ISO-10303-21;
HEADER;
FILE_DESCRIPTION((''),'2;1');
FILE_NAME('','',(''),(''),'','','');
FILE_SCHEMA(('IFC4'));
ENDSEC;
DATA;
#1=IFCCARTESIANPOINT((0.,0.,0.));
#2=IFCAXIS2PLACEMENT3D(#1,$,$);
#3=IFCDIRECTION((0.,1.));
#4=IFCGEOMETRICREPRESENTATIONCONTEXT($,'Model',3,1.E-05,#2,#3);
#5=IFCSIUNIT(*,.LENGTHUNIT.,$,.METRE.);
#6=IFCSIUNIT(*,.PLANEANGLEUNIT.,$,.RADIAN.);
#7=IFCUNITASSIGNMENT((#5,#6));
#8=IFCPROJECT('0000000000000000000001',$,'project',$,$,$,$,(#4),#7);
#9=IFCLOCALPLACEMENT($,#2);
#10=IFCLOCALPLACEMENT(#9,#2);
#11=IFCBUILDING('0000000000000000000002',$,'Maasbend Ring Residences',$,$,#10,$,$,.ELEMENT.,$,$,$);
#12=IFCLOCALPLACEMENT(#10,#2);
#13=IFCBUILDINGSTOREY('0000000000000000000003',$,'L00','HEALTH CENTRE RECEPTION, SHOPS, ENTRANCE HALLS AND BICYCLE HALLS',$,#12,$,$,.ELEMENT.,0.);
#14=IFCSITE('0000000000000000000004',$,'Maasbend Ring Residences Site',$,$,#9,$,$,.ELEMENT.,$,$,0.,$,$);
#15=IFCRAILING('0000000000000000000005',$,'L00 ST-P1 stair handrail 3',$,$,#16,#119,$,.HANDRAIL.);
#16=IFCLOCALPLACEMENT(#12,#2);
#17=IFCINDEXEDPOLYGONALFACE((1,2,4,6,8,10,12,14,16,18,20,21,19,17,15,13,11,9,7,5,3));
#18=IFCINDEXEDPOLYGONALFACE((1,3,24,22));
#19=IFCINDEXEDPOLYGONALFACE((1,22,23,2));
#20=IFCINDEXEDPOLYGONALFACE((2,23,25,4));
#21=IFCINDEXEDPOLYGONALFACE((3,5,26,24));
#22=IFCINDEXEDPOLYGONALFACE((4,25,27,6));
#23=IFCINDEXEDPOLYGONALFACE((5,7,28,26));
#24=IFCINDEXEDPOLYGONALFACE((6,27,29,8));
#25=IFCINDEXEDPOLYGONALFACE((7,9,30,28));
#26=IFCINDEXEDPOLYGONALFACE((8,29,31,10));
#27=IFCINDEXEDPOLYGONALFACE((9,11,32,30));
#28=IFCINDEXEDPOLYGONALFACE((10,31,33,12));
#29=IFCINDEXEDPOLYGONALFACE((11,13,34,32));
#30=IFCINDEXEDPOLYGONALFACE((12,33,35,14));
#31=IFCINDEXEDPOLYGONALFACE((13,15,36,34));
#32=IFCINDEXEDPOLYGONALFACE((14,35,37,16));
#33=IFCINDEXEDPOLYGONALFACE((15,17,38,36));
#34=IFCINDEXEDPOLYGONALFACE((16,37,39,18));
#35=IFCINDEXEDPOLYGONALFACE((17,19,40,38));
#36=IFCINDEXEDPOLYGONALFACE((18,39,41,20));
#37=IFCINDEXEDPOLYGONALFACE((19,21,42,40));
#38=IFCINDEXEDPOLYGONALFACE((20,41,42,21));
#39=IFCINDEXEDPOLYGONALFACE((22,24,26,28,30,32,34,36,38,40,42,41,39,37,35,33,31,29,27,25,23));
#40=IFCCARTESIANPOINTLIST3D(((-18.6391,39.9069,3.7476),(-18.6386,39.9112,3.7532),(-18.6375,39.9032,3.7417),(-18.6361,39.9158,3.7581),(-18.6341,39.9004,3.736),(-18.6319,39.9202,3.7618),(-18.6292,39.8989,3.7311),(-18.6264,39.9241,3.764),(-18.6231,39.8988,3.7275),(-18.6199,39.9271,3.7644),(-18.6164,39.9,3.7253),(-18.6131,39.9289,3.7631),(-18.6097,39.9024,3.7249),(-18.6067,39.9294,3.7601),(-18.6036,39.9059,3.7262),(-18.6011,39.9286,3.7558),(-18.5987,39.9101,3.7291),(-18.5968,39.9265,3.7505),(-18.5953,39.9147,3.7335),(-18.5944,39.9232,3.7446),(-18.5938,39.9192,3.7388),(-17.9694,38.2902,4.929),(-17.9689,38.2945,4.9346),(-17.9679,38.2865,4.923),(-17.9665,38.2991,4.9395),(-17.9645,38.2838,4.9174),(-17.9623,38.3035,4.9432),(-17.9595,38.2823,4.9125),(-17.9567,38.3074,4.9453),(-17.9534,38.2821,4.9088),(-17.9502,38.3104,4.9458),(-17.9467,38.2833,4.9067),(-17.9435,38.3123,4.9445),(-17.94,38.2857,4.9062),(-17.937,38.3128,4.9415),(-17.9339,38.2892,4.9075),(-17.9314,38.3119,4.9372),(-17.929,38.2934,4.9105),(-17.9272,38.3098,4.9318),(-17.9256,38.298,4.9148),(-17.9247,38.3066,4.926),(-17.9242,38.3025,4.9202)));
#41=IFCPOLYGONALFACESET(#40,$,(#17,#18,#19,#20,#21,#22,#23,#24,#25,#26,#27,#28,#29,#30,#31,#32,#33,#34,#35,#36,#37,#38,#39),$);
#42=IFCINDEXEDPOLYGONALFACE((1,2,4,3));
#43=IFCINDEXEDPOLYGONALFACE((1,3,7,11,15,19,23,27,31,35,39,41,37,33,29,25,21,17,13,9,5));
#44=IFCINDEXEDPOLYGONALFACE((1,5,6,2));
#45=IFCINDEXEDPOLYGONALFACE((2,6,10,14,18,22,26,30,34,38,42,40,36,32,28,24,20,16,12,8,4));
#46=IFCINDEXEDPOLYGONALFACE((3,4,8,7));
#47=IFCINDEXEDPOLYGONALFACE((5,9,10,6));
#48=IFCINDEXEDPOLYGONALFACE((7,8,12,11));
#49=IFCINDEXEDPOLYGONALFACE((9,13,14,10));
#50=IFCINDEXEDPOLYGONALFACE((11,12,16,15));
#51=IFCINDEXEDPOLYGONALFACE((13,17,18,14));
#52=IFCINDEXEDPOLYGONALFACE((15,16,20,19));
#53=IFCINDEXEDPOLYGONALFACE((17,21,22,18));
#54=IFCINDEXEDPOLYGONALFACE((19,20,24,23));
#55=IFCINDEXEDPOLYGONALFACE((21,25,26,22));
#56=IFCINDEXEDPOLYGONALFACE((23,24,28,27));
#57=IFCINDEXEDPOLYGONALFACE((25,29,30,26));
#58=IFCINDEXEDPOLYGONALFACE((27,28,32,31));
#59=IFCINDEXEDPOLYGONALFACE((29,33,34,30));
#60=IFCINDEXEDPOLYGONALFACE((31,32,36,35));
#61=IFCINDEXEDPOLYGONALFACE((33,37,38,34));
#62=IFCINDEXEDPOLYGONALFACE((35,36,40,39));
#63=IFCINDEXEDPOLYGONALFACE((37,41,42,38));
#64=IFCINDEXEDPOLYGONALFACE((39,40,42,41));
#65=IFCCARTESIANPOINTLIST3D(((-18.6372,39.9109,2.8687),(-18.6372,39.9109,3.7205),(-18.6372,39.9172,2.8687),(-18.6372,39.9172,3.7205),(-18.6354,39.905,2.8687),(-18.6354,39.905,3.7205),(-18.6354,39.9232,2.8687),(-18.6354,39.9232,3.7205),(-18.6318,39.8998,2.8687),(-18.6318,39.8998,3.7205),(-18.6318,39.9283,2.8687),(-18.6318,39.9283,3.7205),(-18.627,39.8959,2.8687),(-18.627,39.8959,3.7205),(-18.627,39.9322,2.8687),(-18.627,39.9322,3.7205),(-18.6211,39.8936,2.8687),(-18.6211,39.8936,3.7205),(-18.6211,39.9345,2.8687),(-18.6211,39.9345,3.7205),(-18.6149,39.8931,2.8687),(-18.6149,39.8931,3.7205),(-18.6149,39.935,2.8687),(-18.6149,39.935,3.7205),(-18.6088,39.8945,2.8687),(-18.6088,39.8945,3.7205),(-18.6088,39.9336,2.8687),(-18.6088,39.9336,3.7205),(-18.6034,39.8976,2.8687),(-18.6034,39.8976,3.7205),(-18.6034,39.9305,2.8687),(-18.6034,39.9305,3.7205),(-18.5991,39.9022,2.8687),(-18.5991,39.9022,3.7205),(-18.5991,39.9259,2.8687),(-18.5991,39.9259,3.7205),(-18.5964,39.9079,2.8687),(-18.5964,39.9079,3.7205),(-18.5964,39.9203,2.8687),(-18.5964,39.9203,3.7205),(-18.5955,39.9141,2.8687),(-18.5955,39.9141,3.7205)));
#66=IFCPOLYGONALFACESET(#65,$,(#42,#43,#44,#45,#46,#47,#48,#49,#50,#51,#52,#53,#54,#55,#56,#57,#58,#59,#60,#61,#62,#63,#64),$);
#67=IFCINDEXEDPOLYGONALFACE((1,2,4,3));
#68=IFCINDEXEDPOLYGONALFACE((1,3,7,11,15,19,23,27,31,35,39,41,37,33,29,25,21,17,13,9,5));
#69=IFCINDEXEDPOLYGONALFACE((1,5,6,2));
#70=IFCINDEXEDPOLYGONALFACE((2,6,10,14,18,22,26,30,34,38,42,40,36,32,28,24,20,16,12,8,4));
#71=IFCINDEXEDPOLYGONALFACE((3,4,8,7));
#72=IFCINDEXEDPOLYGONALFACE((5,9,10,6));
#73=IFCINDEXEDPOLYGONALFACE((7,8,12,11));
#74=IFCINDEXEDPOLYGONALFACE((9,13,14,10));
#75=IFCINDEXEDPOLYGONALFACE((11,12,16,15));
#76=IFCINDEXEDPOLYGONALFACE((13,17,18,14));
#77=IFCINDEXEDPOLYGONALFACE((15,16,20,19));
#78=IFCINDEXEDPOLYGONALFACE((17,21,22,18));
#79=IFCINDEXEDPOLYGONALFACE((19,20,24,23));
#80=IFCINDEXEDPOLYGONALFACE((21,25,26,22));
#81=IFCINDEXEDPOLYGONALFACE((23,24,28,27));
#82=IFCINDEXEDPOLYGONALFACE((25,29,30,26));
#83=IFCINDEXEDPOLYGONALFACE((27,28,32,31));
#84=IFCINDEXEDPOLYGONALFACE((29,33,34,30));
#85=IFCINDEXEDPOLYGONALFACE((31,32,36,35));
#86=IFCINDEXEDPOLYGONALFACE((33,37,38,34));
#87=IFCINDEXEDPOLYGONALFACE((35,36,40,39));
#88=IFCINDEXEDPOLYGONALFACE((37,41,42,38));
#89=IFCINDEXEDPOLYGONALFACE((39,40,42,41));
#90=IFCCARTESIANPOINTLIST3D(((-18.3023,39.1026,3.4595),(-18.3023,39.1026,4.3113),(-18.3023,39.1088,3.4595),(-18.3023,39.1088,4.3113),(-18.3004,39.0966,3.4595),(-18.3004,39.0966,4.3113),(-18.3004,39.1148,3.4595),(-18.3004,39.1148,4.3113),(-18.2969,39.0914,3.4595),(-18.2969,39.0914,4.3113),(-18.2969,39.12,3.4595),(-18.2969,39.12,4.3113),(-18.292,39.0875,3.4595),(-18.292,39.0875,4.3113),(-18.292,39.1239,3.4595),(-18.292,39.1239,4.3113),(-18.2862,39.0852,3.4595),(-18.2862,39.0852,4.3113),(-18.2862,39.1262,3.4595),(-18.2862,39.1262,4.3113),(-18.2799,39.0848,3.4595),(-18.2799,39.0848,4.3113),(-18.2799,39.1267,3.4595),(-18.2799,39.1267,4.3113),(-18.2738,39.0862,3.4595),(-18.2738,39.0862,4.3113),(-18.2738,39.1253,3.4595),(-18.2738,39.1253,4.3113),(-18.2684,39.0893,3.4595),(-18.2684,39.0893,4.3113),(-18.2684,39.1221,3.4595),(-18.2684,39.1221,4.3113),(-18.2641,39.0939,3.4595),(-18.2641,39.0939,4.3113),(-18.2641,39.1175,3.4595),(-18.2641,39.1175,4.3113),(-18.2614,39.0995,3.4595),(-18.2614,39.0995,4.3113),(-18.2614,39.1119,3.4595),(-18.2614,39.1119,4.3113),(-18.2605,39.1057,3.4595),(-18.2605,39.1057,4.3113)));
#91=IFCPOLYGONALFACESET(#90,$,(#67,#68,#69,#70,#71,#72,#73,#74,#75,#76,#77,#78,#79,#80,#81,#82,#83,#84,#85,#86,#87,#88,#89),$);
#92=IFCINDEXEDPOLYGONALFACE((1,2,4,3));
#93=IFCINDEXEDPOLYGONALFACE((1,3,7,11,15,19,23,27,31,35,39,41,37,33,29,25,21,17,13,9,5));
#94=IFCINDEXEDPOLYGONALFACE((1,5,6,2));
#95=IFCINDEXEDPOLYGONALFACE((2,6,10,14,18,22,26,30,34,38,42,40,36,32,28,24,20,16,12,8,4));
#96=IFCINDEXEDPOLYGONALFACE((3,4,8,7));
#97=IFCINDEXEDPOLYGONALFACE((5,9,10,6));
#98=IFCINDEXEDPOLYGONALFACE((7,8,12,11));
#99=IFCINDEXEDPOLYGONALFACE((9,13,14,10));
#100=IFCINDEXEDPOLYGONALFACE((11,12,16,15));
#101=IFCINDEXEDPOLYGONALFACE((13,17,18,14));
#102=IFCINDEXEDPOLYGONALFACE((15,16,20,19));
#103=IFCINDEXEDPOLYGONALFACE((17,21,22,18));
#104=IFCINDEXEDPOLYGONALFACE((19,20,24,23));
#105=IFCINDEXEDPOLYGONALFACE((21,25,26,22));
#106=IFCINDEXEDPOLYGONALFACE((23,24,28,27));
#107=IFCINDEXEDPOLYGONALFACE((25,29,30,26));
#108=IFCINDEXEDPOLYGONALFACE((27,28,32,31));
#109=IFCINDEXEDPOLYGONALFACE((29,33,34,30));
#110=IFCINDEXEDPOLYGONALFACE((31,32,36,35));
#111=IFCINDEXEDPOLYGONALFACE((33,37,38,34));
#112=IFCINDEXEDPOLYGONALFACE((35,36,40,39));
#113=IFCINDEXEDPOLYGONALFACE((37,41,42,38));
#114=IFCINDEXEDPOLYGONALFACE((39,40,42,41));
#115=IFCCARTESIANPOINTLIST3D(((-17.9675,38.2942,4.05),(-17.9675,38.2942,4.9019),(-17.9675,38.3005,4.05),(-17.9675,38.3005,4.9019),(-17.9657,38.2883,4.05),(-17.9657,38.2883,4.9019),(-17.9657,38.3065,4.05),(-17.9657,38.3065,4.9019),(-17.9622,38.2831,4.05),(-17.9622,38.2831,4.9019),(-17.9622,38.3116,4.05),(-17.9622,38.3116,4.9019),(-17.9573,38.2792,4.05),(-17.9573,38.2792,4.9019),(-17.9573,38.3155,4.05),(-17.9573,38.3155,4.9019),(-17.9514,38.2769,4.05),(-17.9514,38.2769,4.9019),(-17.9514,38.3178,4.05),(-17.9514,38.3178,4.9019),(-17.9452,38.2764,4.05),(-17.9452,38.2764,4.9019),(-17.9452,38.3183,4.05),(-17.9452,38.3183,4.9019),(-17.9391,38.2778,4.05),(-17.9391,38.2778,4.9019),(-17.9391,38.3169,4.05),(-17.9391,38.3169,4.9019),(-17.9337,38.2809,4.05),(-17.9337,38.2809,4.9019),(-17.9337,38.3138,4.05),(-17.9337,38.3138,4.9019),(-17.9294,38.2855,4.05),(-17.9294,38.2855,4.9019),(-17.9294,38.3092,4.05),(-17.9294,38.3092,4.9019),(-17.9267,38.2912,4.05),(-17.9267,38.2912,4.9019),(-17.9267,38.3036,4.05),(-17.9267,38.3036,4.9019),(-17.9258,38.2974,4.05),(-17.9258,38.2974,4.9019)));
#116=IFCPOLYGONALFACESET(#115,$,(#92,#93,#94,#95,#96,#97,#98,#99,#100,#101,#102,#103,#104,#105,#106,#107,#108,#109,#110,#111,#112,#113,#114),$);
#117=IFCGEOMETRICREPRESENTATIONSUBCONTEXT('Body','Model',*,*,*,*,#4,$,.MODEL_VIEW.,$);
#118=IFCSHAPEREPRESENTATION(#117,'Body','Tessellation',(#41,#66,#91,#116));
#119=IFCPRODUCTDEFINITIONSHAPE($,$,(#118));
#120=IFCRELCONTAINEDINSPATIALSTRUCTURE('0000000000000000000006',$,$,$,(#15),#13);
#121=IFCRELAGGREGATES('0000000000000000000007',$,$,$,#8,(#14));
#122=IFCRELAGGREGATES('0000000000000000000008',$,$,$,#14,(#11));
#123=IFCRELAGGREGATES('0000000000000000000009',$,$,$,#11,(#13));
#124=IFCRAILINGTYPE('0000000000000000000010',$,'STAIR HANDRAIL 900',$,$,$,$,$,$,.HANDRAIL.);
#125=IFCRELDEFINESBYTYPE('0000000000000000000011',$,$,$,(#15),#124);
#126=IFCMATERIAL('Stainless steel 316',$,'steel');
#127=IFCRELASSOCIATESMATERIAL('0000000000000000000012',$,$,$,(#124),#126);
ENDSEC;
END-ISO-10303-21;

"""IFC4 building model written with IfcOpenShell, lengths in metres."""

from ifc_helpers import new_model, si_unit, direction, frame, origin, origin_2d, place, context, subcontext, project, spatial, circle, extrude, material, type_object, element, save


model = new_model("IFC4")

# Units and contexts
model_context = context("Model", 3, precision=1e-05, world=origin(), true_north=direction((0.0, 1.0)))
body_context = subcontext(model_context, "Body", "Model", "MODEL_VIEW")
ifc_project = project(units=[si_unit("LENGTHUNIT", "METRE"), si_unit("PLANEANGLEUNIT", "RADIAN")], contexts=[model_context])

# Site, building, storey
site_placement = place(None, origin())
site = spatial("IfcSite", under=ifc_project, at=site_placement, Name="Maasbend Ring Residences Site", CompositionType="ELEMENT", RefElevation=0.0)
building_placement = place(site_placement, origin())
building = spatial("IfcBuilding", under=site, at=building_placement, Name="Maasbend Ring Residences", CompositionType="ELEMENT")
storey_placement = place(building_placement, origin())
storey = spatial("IfcBuildingStorey", under=building, at=storey_placement, Name="L00", Description="HEALTH CENTRE RECEPTION, SHOPS, ENTRANCE HALLS AND BICYCLE HALLS", CompositionType="ELEMENT", Elevation=0.0)

# Railing
ifc_material_1 = material(Name="Stainless steel 316", Category="steel")
railing_type_1 = type_object("IfcRailingType", Name="STAIR HANDRAIL 900", PredefinedType="HANDRAIL", material=ifc_material_1)
railing_1_placement = place(storey_placement, frame((-18.6165, 39.9141, 2.8687)))
element("IfcRailing", 1, at=railing_1_placement, inside=storey, type_object=railing_type_1, Name="L00 ST-P1 stair handrail 3", PredefinedType="HANDRAIL", context=body_context, shape_type="SweptSolid", body=[
    extrude(circle(Radius=0.0239, at=origin_2d()), frame((0.0, 0.0, 0.876), z_axis=(0.317177, -0.765711, 0.55954), x_axis=(0.923876, 0.382693, 0.0)), (0.0, 0.0, 1.0), 2.1113),
    extrude(circle(Radius=0.021, at=origin_2d()), origin(), (0.0, 0.0, 1.0), 0.8518),
    extrude(circle(Radius=0.021, at=origin_2d()), frame((0.335, -0.8083, 0.5908)), (0.0, 0.0, 1.0), 0.8518),
    extrude(circle(Radius=0.021, at=origin_2d()), frame((0.6697, -1.6167, 1.1814)), (0.0, 0.0, 1.0), 0.8518),
])

save(model, "model.ifc")
